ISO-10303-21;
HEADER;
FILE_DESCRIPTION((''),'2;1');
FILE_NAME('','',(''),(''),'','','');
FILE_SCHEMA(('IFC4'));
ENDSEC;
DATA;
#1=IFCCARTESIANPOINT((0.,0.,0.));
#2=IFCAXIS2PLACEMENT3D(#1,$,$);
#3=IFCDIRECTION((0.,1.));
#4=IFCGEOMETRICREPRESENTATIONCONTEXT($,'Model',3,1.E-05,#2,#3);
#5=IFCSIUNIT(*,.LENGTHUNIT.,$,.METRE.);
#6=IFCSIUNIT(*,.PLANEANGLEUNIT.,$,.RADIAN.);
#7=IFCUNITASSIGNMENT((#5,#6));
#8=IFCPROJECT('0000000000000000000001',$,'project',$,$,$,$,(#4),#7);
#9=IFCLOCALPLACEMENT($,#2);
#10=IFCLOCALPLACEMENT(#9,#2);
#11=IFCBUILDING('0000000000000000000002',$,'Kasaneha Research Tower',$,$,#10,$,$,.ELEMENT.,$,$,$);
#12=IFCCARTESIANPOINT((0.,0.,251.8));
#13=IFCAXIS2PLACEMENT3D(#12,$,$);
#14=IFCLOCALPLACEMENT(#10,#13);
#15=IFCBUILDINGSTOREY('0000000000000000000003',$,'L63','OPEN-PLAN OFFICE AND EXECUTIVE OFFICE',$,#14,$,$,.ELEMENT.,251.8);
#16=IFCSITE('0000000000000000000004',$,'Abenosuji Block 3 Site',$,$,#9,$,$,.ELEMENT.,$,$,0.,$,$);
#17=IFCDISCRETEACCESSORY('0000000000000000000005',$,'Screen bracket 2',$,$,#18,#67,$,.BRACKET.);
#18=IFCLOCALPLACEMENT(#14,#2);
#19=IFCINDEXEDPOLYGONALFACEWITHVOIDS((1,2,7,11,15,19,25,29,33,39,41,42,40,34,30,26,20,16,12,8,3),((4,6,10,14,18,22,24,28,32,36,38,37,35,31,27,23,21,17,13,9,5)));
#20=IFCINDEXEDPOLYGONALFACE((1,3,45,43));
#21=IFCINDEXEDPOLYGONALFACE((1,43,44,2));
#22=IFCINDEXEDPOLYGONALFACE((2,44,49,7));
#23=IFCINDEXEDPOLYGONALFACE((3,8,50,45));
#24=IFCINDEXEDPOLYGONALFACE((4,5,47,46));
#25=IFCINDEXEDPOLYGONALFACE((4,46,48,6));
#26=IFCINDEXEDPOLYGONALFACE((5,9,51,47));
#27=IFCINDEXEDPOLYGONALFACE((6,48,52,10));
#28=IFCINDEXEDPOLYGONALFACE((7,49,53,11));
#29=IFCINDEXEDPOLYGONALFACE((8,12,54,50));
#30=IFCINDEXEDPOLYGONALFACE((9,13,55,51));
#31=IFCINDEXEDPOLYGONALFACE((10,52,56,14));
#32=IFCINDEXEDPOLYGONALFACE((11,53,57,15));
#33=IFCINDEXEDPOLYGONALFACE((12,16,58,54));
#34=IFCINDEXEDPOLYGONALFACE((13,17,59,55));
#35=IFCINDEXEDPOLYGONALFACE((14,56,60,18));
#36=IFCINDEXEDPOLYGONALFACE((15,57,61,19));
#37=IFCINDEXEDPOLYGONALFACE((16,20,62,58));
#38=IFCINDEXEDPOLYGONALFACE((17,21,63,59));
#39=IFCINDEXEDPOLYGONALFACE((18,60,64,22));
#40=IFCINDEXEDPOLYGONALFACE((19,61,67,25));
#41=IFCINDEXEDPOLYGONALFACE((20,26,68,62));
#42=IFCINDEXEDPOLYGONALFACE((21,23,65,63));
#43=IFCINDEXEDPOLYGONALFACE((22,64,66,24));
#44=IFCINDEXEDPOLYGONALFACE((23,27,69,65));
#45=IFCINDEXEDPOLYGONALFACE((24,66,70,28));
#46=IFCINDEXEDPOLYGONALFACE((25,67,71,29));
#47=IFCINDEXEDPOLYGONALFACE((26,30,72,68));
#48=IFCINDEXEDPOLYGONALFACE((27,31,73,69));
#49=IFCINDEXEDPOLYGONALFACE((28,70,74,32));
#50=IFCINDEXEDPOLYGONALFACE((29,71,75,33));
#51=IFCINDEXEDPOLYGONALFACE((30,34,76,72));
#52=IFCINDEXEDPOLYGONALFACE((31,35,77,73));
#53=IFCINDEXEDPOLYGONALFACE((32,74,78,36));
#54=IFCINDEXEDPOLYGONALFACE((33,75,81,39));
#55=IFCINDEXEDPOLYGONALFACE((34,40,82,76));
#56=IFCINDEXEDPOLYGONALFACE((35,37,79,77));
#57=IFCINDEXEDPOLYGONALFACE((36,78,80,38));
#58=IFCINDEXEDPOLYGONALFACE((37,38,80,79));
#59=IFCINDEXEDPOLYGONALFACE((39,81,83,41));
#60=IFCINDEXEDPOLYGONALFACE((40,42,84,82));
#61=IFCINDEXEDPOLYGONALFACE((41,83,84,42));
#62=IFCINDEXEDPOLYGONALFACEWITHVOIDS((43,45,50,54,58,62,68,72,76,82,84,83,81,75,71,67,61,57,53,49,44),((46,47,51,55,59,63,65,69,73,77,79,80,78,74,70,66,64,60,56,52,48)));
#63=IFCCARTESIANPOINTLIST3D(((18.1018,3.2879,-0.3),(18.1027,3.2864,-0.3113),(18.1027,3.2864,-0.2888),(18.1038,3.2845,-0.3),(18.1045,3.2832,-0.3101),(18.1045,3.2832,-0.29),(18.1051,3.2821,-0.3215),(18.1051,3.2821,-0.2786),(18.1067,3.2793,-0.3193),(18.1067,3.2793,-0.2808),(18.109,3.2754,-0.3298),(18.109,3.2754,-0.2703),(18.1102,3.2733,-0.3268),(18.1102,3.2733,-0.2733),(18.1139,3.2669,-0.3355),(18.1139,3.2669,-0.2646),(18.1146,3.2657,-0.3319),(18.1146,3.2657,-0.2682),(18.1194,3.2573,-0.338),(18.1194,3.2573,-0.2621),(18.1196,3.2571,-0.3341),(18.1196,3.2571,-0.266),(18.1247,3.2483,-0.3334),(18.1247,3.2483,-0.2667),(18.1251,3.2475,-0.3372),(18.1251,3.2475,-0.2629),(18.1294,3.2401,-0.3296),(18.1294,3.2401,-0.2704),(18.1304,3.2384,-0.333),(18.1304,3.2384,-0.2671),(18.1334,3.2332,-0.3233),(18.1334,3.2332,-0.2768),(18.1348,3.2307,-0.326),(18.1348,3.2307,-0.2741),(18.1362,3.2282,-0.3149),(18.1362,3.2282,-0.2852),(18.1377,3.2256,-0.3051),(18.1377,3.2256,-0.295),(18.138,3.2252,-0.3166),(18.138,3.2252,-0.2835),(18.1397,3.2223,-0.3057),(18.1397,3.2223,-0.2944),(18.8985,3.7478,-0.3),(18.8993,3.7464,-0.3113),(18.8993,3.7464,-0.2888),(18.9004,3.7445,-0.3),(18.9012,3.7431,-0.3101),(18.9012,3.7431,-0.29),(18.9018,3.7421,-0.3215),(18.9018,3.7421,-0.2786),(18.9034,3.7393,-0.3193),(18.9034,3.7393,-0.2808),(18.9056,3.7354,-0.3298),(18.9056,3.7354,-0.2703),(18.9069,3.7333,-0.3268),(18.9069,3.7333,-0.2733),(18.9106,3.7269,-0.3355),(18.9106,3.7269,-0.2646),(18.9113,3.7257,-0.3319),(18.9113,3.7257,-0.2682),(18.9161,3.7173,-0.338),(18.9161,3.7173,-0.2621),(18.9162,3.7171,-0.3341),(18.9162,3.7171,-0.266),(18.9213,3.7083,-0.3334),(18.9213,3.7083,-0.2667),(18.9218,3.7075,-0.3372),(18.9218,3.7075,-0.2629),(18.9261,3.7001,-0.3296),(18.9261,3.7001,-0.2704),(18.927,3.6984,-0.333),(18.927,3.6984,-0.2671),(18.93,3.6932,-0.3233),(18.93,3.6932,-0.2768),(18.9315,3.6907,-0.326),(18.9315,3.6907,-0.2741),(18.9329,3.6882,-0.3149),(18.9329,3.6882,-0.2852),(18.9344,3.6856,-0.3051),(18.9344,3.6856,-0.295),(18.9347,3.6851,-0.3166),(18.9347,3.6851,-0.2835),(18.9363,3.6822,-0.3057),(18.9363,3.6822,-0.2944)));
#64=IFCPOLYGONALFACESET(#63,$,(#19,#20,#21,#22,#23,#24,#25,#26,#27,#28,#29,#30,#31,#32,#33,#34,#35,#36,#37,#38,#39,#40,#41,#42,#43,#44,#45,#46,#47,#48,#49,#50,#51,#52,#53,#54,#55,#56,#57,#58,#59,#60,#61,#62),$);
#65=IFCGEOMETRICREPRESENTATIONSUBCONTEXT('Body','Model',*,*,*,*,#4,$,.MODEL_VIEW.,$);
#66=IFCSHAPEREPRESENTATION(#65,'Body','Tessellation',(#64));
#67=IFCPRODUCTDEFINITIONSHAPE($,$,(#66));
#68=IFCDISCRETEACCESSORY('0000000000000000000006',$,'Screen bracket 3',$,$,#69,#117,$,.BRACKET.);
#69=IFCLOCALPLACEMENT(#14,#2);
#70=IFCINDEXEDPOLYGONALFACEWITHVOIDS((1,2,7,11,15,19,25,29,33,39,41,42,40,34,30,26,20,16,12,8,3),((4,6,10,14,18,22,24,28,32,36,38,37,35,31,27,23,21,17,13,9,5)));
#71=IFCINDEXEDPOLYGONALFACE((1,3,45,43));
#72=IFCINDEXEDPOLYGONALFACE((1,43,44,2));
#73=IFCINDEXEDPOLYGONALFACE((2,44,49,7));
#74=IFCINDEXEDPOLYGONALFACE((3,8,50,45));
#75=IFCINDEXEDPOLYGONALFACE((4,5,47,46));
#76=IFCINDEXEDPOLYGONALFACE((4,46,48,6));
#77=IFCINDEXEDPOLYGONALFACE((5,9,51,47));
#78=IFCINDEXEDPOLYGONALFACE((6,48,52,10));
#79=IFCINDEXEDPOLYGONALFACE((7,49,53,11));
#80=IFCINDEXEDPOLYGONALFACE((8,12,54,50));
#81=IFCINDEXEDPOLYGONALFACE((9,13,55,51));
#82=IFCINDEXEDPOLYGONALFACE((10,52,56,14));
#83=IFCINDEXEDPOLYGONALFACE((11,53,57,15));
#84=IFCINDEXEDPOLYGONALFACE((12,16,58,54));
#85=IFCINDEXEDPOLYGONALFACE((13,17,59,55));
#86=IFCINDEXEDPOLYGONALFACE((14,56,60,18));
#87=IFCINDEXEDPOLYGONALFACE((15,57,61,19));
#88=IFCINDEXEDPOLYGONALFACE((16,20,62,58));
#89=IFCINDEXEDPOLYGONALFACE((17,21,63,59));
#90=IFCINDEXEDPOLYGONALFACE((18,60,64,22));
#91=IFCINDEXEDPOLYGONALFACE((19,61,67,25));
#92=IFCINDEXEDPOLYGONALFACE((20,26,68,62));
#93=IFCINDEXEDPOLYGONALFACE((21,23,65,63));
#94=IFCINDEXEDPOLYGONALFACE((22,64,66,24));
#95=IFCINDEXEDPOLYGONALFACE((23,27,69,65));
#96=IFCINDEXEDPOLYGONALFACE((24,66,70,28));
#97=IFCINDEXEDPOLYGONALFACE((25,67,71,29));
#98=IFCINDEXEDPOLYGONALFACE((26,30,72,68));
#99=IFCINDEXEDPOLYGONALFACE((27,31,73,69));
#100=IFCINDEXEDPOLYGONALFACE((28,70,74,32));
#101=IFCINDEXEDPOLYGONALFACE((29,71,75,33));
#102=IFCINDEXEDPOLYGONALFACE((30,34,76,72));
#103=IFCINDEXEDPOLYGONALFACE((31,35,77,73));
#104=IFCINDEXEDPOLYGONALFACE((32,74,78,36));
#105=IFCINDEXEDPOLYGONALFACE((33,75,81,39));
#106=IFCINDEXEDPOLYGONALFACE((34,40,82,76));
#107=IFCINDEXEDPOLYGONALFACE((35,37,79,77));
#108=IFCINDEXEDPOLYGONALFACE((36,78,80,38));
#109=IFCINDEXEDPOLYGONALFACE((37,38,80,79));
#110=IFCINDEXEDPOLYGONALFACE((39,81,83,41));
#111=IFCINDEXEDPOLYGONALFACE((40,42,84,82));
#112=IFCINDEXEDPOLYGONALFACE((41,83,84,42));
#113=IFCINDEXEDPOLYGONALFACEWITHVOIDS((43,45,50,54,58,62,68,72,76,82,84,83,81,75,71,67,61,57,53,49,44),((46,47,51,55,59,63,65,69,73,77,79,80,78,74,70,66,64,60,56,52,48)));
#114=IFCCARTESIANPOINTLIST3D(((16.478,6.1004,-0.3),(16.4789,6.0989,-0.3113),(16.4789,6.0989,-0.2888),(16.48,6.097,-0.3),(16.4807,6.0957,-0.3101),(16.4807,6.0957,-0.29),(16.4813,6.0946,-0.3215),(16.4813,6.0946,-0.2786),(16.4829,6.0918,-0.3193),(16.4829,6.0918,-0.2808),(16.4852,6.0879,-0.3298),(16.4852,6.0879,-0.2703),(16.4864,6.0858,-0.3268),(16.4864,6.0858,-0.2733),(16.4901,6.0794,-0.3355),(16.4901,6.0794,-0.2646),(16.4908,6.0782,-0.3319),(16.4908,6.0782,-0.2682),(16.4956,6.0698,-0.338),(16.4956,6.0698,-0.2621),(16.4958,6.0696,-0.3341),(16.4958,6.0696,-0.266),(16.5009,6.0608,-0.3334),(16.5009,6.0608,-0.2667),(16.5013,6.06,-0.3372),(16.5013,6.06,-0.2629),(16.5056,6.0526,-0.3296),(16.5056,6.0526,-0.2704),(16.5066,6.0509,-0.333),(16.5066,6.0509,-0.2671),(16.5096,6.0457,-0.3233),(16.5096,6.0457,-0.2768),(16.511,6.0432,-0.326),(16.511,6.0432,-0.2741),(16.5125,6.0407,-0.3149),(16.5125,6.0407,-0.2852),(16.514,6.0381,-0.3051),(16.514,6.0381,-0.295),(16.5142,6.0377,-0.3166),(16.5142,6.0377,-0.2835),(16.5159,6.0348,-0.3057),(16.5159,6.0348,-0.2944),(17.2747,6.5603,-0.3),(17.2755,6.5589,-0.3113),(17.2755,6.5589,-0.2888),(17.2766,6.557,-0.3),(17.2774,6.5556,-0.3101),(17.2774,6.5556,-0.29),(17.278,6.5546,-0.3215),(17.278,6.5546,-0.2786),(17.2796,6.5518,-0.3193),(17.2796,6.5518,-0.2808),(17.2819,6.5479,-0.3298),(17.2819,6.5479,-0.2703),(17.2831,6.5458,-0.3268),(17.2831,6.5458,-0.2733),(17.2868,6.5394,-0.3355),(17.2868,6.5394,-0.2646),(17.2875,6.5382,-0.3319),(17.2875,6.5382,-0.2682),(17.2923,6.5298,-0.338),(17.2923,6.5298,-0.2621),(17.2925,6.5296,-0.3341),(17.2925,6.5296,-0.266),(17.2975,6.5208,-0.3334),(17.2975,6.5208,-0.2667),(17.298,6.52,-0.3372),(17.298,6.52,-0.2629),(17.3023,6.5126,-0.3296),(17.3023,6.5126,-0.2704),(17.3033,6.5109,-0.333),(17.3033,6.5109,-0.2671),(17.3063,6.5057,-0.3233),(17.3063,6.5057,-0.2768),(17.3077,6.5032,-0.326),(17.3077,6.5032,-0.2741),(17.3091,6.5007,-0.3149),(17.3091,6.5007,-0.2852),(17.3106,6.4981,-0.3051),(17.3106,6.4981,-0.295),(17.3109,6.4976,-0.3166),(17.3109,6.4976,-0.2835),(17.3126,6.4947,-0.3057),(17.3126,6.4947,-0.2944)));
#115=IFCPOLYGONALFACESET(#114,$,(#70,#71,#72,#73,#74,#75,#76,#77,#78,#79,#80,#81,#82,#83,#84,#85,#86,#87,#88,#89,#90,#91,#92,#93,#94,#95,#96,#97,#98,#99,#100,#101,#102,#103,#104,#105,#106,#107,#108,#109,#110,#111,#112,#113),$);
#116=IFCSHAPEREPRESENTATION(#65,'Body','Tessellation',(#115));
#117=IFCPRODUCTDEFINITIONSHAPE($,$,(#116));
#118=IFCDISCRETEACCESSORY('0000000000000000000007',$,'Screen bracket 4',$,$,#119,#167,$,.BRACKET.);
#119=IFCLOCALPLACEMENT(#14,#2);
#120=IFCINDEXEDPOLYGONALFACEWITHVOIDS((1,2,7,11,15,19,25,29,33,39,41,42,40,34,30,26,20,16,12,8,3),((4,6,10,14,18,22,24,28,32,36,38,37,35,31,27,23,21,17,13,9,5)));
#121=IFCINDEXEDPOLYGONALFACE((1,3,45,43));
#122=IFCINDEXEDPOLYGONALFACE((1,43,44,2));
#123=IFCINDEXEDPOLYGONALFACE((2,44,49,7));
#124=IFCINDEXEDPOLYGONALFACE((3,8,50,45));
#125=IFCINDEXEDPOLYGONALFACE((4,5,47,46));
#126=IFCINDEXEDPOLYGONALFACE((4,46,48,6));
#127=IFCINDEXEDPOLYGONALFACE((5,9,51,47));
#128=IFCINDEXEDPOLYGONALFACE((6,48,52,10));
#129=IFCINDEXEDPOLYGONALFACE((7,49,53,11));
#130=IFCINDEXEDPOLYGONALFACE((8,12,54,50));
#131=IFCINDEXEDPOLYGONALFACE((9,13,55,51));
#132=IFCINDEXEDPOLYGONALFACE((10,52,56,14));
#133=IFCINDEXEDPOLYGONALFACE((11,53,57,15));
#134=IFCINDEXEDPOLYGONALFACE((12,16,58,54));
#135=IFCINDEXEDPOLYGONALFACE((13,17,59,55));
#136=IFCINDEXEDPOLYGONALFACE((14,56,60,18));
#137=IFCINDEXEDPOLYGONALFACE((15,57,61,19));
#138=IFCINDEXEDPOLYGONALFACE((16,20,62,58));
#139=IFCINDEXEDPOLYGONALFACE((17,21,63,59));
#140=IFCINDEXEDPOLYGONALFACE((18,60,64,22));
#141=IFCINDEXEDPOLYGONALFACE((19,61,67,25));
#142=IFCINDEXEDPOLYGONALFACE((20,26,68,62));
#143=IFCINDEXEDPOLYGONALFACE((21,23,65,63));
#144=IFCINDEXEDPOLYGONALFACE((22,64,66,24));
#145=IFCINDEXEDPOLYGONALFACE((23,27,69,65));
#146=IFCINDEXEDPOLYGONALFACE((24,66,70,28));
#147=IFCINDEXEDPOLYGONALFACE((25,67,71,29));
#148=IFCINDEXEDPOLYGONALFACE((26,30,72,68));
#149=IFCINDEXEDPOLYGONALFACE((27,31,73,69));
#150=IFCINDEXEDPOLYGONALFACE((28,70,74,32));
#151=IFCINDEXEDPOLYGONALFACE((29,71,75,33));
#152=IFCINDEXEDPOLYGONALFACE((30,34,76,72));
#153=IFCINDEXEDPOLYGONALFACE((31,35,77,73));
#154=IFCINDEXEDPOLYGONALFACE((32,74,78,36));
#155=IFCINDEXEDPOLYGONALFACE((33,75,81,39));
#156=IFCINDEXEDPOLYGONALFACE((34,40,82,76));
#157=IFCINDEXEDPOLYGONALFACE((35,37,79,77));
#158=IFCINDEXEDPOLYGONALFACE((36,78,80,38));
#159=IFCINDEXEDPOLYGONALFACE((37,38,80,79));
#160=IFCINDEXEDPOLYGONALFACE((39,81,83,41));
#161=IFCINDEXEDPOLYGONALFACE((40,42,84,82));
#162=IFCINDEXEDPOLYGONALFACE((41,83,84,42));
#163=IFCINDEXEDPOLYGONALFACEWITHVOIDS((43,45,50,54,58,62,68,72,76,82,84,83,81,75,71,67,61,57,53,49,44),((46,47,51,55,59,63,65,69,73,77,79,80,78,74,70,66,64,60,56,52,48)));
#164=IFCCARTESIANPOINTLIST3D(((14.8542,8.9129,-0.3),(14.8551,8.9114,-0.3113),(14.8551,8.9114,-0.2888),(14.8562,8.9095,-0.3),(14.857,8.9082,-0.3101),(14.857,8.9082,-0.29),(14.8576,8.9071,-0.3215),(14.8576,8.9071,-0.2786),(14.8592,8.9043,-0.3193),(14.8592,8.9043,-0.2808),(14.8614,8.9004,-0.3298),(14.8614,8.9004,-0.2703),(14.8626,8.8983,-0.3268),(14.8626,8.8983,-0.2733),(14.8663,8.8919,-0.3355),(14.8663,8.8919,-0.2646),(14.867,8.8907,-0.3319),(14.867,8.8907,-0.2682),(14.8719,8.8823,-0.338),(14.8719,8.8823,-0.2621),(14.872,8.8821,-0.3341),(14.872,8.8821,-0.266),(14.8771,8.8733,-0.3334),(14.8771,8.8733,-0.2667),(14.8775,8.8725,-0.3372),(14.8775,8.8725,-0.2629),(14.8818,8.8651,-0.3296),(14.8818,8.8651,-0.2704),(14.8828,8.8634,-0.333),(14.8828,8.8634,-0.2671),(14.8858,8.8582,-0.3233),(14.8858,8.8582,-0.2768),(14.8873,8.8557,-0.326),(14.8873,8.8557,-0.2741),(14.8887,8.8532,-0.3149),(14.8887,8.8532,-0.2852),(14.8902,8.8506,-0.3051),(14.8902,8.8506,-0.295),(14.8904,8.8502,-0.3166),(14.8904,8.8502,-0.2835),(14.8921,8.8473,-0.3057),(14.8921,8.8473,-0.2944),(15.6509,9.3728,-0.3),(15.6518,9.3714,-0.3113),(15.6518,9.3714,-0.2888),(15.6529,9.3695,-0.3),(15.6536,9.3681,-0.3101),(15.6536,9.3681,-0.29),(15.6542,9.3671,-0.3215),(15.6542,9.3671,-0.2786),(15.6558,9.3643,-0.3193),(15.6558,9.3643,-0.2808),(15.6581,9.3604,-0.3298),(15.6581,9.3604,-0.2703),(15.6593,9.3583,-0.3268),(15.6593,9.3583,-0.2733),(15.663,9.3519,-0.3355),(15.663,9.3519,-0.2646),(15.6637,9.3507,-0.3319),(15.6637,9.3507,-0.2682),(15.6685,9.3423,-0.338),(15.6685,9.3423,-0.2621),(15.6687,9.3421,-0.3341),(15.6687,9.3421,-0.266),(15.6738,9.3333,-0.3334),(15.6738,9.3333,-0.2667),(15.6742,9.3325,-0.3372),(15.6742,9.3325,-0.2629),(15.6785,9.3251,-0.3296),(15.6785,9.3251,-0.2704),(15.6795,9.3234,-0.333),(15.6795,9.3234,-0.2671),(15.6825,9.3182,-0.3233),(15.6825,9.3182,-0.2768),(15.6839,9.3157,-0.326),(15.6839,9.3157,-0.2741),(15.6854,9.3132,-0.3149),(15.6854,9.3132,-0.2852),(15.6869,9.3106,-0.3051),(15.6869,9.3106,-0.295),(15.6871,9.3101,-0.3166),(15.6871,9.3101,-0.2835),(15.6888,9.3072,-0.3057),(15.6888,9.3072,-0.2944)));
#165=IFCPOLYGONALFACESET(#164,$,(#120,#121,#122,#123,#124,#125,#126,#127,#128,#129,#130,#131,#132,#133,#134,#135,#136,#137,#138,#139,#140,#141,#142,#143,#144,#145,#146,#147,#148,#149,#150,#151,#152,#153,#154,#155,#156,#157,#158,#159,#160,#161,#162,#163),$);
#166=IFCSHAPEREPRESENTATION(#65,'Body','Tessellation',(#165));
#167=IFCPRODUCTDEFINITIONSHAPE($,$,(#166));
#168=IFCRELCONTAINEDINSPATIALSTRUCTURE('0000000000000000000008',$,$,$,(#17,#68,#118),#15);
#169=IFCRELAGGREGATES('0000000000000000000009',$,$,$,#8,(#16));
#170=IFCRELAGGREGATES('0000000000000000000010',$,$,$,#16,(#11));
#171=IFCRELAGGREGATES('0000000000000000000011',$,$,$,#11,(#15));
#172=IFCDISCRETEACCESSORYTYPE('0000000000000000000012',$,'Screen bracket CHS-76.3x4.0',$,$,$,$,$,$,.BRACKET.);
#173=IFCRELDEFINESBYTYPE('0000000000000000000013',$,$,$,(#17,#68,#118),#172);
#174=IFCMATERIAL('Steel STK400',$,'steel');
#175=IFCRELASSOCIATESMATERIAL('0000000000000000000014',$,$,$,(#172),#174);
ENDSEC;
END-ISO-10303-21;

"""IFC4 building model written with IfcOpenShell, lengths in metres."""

from ifc_helpers import new_model, si_unit, direction, frame, origin, origin_2d, place, context, subcontext, project, spatial, hollow_circle, extrude, material, material_profile, profile_set, type_object, element, save


model = new_model("IFC4")

# Units and contexts
model_context = context("Model", 3, precision=1e-05, world=origin(), true_north=direction((0.0, 1.0)))
body_context = subcontext(model_context, "Body", "Model", "MODEL_VIEW")
ifc_project = project(units=[si_unit("LENGTHUNIT", "METRE"), si_unit("PLANEANGLEUNIT", "RADIAN")], contexts=[model_context])

# Site, building, storey
site_placement = place(None, origin())
site = spatial("IfcSite", under=ifc_project, at=site_placement, Name="Abenosuji Block 3 Site", CompositionType="ELEMENT", RefElevation=0.0)
building_placement = place(site_placement, origin())
building = spatial("IfcBuilding", under=site, at=building_placement, Name="Kasaneha Research Tower", CompositionType="ELEMENT")
storey_placement = place(building_placement, frame((0.0, 0.0, 251.8)))
storey = spatial("IfcBuildingStorey", under=building, at=storey_placement, Name="L63", Description="OPEN-PLAN OFFICE AND EXECUTIVE OFFICE", CompositionType="ELEMENT", Elevation=251.8)

# Discrete accessories
ifc_material_1 = material(Name="Steel STK400", Category="steel")
ifc_material_profile_1 = material_profile(ifc_material_1, hollow_circle(Radius=0.0381, WallThickness=0.0039, at=origin_2d()), Name="CHS-76.3x4.0")
ifc_profile_set_1 = profile_set([ifc_material_profile_1], Name="Steel STK400")
discrete_accessory_type = type_object("IfcDiscreteAccessoryType", Name="Screen bracket CHS-76.3x4.0", PredefinedType="BRACKET", material=ifc_profile_set_1)
for number, where, z_axis, x_axis, name in (
    (1, (18.1208, 3.2549, -0.3), (0.866013, 0.500021, 0.0), (-0.500021, 0.866013, 0.0), "Screen bracket 2"),
    (2, (16.4971, 6.0674, -0.3), (0.866013, 0.500021, 0.0), (-0.500021, 0.866013, 0.0), "Screen bracket 3"),
    (3, (14.8733, 8.8799, -0.3), (0.866013, 0.500021, 0.0), (-0.500021, 0.866013, 0.0), "Screen bracket 4"),
):
    element("IfcDiscreteAccessory", number, at=place(storey_placement, frame(where, z_axis=z_axis, x_axis=x_axis)), inside=storey, type_object=discrete_accessory_type, Name=name, PredefinedType="BRACKET", context=body_context, shape_type="SweptSolid", body=[
        extrude(hollow_circle(Radius=0.0381, WallThickness=0.0039, at=origin_2d()), origin(), (0.0, 0.0, 1.0), 0.9199),
    ])

save(model, "model.ifc")
